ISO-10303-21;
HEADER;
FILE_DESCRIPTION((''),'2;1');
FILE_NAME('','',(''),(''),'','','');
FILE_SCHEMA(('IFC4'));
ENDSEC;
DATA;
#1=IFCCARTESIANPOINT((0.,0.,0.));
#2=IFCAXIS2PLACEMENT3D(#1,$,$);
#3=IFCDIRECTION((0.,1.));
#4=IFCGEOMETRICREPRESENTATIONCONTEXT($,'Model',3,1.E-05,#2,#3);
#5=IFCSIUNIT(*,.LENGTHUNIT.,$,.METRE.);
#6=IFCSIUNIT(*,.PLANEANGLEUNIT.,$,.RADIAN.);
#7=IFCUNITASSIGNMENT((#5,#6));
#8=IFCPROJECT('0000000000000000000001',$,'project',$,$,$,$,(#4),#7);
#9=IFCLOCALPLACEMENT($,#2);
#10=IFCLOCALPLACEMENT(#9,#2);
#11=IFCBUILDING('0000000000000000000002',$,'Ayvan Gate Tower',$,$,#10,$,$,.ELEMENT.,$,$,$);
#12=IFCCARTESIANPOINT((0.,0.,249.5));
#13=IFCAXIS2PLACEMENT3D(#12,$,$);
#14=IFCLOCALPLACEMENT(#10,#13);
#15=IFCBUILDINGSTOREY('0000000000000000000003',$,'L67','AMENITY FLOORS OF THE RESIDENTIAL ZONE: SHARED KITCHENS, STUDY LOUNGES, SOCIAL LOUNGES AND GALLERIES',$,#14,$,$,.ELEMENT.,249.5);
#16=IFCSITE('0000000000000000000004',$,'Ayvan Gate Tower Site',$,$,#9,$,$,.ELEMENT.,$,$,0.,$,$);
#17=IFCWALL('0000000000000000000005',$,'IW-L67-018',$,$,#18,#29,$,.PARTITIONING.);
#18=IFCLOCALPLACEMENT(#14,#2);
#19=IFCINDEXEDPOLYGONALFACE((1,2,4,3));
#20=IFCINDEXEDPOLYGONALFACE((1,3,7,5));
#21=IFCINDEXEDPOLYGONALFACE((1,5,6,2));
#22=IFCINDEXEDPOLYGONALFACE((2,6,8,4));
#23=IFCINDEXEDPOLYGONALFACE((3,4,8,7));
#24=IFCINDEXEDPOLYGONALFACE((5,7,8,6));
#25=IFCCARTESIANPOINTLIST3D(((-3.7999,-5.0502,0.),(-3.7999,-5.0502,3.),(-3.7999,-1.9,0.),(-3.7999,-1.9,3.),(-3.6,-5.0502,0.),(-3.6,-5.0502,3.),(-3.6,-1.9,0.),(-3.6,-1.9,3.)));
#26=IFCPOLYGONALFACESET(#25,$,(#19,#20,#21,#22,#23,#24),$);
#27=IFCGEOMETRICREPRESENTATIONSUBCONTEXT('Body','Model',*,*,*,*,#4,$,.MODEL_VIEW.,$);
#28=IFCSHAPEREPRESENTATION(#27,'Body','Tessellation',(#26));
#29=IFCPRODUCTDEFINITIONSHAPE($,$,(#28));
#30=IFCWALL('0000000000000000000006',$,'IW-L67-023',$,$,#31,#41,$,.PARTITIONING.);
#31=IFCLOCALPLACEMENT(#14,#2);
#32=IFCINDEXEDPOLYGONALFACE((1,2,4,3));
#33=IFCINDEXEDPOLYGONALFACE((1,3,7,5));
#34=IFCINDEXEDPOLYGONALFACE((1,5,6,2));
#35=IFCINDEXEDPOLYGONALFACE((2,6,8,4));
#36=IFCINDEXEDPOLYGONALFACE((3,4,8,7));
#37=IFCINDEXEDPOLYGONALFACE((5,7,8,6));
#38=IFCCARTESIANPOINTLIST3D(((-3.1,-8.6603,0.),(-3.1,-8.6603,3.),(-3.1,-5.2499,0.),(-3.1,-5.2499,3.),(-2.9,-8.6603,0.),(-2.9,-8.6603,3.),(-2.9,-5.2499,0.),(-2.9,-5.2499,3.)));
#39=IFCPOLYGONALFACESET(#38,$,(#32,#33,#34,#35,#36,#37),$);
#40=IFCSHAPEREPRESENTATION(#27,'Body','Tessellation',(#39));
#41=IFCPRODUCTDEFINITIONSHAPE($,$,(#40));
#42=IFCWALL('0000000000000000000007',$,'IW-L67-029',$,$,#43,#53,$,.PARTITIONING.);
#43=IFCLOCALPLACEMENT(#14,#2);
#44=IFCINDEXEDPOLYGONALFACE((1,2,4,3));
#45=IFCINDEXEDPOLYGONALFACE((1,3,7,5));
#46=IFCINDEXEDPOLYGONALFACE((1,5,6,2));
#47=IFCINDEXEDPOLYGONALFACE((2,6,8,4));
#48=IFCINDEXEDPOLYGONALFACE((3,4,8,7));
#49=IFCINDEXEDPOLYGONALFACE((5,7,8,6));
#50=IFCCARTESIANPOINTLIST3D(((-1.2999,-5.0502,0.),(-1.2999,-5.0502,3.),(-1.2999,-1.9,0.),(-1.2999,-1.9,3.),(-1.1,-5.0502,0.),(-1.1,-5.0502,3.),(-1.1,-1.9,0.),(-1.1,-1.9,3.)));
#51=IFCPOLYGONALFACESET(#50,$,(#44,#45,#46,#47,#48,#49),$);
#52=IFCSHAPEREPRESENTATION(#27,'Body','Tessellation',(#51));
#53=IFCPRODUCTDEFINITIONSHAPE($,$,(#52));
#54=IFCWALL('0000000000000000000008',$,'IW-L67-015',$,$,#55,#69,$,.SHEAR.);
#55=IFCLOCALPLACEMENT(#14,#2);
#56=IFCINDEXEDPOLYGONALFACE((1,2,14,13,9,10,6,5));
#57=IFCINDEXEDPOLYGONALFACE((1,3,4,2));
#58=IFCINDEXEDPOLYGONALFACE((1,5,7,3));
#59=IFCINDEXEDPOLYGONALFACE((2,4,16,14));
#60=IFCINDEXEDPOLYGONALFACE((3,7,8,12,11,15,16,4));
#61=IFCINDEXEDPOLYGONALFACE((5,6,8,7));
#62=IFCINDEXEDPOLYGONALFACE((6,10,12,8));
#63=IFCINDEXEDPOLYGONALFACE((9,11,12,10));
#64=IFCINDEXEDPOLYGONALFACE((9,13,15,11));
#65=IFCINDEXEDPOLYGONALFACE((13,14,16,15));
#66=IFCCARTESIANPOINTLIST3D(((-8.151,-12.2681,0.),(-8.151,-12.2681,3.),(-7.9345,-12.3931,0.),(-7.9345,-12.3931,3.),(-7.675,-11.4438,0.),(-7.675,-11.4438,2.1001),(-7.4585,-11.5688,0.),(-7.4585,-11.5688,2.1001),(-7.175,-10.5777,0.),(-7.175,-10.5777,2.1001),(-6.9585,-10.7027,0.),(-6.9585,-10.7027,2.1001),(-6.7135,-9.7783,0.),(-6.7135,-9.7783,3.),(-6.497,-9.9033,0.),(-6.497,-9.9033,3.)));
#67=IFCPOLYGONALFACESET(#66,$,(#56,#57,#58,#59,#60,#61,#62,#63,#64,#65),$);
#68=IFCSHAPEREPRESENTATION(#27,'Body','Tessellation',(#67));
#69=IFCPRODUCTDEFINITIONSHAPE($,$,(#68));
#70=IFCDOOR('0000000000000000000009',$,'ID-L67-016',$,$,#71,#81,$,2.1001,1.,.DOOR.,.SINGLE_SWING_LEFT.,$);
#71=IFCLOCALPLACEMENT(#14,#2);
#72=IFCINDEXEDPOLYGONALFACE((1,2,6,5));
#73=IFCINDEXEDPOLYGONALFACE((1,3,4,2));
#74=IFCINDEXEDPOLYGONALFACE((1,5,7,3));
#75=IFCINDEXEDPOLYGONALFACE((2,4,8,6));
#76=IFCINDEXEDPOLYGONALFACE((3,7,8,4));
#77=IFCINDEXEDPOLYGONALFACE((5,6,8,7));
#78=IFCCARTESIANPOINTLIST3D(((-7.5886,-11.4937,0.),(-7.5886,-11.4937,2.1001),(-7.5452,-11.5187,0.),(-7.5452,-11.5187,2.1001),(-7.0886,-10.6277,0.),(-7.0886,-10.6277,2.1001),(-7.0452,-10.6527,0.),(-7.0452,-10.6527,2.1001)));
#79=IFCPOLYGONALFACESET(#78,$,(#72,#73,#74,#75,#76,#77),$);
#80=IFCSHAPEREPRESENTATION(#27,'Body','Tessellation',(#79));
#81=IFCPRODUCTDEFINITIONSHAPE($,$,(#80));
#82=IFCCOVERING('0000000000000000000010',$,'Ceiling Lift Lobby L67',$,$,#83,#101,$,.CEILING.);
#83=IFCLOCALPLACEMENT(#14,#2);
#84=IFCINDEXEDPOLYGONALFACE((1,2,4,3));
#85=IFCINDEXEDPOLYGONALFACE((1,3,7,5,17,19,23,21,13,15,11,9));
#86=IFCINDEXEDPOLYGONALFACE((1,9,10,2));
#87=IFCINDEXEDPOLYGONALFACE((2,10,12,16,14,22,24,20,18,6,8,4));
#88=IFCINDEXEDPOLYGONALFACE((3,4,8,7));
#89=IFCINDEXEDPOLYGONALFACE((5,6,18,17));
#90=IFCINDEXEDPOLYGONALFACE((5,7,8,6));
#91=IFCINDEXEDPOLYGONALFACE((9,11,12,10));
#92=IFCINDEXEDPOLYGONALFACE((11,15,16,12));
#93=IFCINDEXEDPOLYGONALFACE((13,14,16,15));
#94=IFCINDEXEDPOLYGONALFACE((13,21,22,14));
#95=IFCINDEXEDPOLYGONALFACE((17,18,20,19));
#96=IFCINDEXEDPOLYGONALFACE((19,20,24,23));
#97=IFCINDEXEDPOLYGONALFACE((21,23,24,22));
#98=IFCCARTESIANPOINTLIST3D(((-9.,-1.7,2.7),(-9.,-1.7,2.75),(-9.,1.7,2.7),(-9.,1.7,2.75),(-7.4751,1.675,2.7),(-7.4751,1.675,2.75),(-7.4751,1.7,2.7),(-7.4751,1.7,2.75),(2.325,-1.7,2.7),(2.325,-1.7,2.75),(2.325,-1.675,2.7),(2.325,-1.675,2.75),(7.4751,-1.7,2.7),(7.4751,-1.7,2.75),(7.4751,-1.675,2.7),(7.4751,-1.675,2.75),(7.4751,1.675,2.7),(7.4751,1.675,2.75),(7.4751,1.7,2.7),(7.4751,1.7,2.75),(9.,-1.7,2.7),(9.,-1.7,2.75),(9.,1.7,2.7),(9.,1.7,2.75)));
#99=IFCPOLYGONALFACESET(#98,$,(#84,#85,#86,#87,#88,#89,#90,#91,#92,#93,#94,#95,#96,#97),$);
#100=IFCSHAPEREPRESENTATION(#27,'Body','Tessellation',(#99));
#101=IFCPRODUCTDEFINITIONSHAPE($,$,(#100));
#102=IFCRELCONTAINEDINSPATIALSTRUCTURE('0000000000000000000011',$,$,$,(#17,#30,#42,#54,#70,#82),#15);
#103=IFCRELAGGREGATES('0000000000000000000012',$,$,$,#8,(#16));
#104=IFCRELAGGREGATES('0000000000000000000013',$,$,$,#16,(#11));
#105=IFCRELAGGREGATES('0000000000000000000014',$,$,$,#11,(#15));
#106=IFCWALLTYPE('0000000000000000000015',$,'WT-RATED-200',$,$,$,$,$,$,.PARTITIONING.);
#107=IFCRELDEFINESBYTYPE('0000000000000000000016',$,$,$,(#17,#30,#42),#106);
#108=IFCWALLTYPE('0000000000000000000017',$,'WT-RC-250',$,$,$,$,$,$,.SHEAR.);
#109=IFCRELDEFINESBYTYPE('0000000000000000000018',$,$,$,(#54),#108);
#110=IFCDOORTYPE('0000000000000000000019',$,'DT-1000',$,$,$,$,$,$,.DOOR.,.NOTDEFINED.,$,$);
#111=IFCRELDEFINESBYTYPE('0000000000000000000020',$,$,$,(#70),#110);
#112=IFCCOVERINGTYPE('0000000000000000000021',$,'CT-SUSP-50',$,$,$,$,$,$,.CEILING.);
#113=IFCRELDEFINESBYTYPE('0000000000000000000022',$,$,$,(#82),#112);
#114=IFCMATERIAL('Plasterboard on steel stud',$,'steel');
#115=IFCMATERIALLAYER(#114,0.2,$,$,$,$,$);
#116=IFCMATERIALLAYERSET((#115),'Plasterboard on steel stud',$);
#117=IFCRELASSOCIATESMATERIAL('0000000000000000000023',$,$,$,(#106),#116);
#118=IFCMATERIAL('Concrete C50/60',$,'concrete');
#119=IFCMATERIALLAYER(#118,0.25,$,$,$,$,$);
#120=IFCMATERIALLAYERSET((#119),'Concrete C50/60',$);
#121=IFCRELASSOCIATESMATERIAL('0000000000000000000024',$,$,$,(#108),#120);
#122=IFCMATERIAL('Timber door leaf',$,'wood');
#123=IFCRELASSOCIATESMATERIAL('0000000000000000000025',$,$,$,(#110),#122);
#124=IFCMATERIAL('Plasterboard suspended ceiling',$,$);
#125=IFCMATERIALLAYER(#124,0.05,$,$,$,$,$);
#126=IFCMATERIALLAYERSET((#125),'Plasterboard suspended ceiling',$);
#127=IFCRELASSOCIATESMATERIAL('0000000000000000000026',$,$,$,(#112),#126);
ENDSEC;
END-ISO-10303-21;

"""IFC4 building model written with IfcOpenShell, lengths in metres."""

from ifc_helpers import new_model, si_unit, direction, frame, frame_2d, origin, place, context, subcontext, project, spatial, polyline, rectangle, outline, extrude, material, layer, layer_set, type_object, element, fill, save


model = new_model("IFC4")

# Units and contexts
model_context = context("Model", 3, precision=1e-05, world=origin(), true_north=direction((0.0, 1.0)))
body_context = subcontext(model_context, "Body", "Model", "MODEL_VIEW")
ifc_project = project(units=[si_unit("LENGTHUNIT", "METRE"), si_unit("PLANEANGLEUNIT", "RADIAN")], contexts=[model_context])

# Site, building, storey
site_placement = place(None, origin())
site = spatial("IfcSite", under=ifc_project, at=site_placement, Name="Ayvan Gate Tower Site", CompositionType="ELEMENT", RefElevation=0.0)
building_placement = place(site_placement, origin())
building = spatial("IfcBuilding", under=site, at=building_placement, Name="Ayvan Gate Tower", CompositionType="ELEMENT")
storey_placement = place(building_placement, frame((0.0, 0.0, 249.5)))
storey = spatial("IfcBuildingStorey", under=building, at=storey_placement, Name="L67", Description="AMENITY FLOORS OF THE RESIDENTIAL ZONE: SHARED KITCHENS, STUDY LOUNGES, SOCIAL LOUNGES AND GALLERIES", CompositionType="ELEMENT", Elevation=249.5)

# Shared definitions
ifc_material_1 = material(Name="Timber door leaf", Category="wood")

# Shared definitions
ifc_material_2 = material(Name="Plasterboard on steel stud", Category="steel")
ifc_layer_1 = layer(ifc_material_2, 0.2)
ifc_layer_set_1 = layer_set([ifc_layer_1], Name="Plasterboard on steel stud")
wall_type_1 = type_object("IfcWallType", Name="WT-RATED-200", PredefinedType="PARTITIONING", material=ifc_layer_set_1)

# Walls
wall_1_placement = place(storey_placement, frame((-3.7, -1.8999, 0.0), z_axis=(0.0, 0.0, 1.0), x_axis=(0.0, -1.0, 0.0)))
element("IfcWall", 1, at=wall_1_placement, inside=storey, type_object=wall_type_1, Name="IW-L67-018", PredefinedType="PARTITIONING", context=body_context, shape_type="SweptSolid", body=[
    extrude(rectangle(XDim=3.1501, YDim=0.2, at=frame_2d((1.5752, 0.0))), origin(), (0.0, 0.0, 1.0), 3.0),
])
wall_2_placement = place(storey_placement, frame((-3.0, -5.25, 0.0), z_axis=(0.0, 0.0, 1.0), x_axis=(0.0, -1.0, 0.0)))
element("IfcWall", 2, at=wall_2_placement, inside=storey, type_object=wall_type_1, Name="IW-L67-023", PredefinedType="PARTITIONING", context=body_context, shape_type="SweptSolid", body=[
    extrude(rectangle(XDim=3.4104, YDim=0.2, at=frame_2d((1.7051, 0.0))), origin(), (0.0, 0.0, 1.0), 3.0),
])
wall_3_placement = place(storey_placement, frame((-1.2, -1.8999, 0.0), z_axis=(0.0, 0.0, 1.0), x_axis=(0.0, -1.0, 0.0)))
element("IfcWall", 3, at=wall_3_placement, inside=storey, type_object=wall_type_1, Name="IW-L67-029", PredefinedType="PARTITIONING", context=body_context, shape_type="SweptSolid", body=[
    extrude(rectangle(XDim=3.1501, YDim=0.2, at=frame_2d((1.5752, 0.0))), origin(), (0.0, 0.0, 1.0), 3.0),
])

# Wall, opening, door
ifc_material_3 = material(Name="Concrete C50/60", Category="concrete")
ifc_layer_2 = layer(ifc_material_3, 0.25)
ifc_layer_set_2 = layer_set([ifc_layer_2], Name="Concrete C50/60")
wall_type_2 = type_object("IfcWallType", Name="WT-RC-250", PredefinedType="SHEAR", material=ifc_layer_set_2)
wall_4_placement = place(storey_placement, frame((-6.6052, -9.8408, 0.0), z_axis=(0.0, 0.0, 1.0), x_axis=(-0.500012, -0.866019, 0.0)))
wall_4 = element("IfcWall", 4, at=wall_4_placement, inside=storey, type_object=wall_type_2, Name="IW-L67-015", PredefinedType="SHEAR", context=body_context, shape_type="SweptSolid", body=[
    extrude(rectangle(XDim=2.875, YDim=0.25, at=frame_2d((1.4375, 0.0))), origin(), (0.0, 0.0, 1.0), 3.0),
])
opening_1_placement = place(wall_4_placement, frame((0.9231, 0.0, 0.0)))
opening_1 = element("IfcOpeningElement", 5, at=opening_1_placement, cuts=wall_4, PredefinedType="OPENING", context=body_context, shape_type="SweptSolid", body=[
    extrude(rectangle(XDim=1.0, YDim=2.1001, at=frame_2d((0.5, 1.05))), frame((0.0, 0.135, 0.0), z_axis=(0.0, -1.0, 0.0), x_axis=(1.0, 0.0, 0.0)), (0.0, 0.0, 1.0), 0.27),
])
door_type_1 = type_object("IfcDoorType", Name="DT-1000", OperationType="NOTDEFINED", PredefinedType="DOOR", material=ifc_material_1)
door_1_placement = place(opening_1_placement, origin())
door_1 = element("IfcDoor", 6, at=door_1_placement, inside=storey, type_object=door_type_1, Name="ID-L67-016", OperationType="SINGLE_SWING_LEFT", OverallHeight=2.1001, OverallWidth=1.0, PredefinedType="DOOR", context=body_context, shape_type="SweptSolid", body=[
    extrude(rectangle(XDim=1.0, YDim=2.1001, at=frame_2d((0.5, 1.05))), frame((0.0, 0.0249, 0.0), z_axis=(0.0, -1.0, 0.0), x_axis=(1.0, 0.0, 0.0)), (0.0, 0.0, 1.0), 0.05),
])
fill(opening_1, door_1)

# Covering
ifc_material_4 = material(Name="Plasterboard suspended ceiling")
ifc_layer_3 = layer(ifc_material_4, 0.05)
ifc_layer_set_3 = layer_set([ifc_layer_3], Name="Plasterboard suspended ceiling")
covering_type = type_object("IfcCoveringType", Name="CT-SUSP-50", PredefinedType="CEILING", material=ifc_layer_set_3)
covering_placement = place(storey_placement, frame((0.0, 0.0, 2.7)))
element("IfcCovering", 7, at=covering_placement, inside=storey, type_object=covering_type, Name="Ceiling Lift Lobby L67", PredefinedType="CEILING", context=body_context, shape_type="SweptSolid", body=[
    extrude(outline(polyline([(7.4751, -1.675), (2.325, -1.675), (2.325, -1.7), (-9.0, -1.7), (-9.0, 1.7), (-7.4751, 1.7), (-7.4751, 1.675), (7.4751, 1.675), (7.4751, 1.7), (9.0, 1.7), (9.0, -1.7), (7.4751, -1.7), (7.4751, -1.675)])), origin(), (0.0, 0.0, 1.0), 0.05),
])

save(model, "model.ifc")
